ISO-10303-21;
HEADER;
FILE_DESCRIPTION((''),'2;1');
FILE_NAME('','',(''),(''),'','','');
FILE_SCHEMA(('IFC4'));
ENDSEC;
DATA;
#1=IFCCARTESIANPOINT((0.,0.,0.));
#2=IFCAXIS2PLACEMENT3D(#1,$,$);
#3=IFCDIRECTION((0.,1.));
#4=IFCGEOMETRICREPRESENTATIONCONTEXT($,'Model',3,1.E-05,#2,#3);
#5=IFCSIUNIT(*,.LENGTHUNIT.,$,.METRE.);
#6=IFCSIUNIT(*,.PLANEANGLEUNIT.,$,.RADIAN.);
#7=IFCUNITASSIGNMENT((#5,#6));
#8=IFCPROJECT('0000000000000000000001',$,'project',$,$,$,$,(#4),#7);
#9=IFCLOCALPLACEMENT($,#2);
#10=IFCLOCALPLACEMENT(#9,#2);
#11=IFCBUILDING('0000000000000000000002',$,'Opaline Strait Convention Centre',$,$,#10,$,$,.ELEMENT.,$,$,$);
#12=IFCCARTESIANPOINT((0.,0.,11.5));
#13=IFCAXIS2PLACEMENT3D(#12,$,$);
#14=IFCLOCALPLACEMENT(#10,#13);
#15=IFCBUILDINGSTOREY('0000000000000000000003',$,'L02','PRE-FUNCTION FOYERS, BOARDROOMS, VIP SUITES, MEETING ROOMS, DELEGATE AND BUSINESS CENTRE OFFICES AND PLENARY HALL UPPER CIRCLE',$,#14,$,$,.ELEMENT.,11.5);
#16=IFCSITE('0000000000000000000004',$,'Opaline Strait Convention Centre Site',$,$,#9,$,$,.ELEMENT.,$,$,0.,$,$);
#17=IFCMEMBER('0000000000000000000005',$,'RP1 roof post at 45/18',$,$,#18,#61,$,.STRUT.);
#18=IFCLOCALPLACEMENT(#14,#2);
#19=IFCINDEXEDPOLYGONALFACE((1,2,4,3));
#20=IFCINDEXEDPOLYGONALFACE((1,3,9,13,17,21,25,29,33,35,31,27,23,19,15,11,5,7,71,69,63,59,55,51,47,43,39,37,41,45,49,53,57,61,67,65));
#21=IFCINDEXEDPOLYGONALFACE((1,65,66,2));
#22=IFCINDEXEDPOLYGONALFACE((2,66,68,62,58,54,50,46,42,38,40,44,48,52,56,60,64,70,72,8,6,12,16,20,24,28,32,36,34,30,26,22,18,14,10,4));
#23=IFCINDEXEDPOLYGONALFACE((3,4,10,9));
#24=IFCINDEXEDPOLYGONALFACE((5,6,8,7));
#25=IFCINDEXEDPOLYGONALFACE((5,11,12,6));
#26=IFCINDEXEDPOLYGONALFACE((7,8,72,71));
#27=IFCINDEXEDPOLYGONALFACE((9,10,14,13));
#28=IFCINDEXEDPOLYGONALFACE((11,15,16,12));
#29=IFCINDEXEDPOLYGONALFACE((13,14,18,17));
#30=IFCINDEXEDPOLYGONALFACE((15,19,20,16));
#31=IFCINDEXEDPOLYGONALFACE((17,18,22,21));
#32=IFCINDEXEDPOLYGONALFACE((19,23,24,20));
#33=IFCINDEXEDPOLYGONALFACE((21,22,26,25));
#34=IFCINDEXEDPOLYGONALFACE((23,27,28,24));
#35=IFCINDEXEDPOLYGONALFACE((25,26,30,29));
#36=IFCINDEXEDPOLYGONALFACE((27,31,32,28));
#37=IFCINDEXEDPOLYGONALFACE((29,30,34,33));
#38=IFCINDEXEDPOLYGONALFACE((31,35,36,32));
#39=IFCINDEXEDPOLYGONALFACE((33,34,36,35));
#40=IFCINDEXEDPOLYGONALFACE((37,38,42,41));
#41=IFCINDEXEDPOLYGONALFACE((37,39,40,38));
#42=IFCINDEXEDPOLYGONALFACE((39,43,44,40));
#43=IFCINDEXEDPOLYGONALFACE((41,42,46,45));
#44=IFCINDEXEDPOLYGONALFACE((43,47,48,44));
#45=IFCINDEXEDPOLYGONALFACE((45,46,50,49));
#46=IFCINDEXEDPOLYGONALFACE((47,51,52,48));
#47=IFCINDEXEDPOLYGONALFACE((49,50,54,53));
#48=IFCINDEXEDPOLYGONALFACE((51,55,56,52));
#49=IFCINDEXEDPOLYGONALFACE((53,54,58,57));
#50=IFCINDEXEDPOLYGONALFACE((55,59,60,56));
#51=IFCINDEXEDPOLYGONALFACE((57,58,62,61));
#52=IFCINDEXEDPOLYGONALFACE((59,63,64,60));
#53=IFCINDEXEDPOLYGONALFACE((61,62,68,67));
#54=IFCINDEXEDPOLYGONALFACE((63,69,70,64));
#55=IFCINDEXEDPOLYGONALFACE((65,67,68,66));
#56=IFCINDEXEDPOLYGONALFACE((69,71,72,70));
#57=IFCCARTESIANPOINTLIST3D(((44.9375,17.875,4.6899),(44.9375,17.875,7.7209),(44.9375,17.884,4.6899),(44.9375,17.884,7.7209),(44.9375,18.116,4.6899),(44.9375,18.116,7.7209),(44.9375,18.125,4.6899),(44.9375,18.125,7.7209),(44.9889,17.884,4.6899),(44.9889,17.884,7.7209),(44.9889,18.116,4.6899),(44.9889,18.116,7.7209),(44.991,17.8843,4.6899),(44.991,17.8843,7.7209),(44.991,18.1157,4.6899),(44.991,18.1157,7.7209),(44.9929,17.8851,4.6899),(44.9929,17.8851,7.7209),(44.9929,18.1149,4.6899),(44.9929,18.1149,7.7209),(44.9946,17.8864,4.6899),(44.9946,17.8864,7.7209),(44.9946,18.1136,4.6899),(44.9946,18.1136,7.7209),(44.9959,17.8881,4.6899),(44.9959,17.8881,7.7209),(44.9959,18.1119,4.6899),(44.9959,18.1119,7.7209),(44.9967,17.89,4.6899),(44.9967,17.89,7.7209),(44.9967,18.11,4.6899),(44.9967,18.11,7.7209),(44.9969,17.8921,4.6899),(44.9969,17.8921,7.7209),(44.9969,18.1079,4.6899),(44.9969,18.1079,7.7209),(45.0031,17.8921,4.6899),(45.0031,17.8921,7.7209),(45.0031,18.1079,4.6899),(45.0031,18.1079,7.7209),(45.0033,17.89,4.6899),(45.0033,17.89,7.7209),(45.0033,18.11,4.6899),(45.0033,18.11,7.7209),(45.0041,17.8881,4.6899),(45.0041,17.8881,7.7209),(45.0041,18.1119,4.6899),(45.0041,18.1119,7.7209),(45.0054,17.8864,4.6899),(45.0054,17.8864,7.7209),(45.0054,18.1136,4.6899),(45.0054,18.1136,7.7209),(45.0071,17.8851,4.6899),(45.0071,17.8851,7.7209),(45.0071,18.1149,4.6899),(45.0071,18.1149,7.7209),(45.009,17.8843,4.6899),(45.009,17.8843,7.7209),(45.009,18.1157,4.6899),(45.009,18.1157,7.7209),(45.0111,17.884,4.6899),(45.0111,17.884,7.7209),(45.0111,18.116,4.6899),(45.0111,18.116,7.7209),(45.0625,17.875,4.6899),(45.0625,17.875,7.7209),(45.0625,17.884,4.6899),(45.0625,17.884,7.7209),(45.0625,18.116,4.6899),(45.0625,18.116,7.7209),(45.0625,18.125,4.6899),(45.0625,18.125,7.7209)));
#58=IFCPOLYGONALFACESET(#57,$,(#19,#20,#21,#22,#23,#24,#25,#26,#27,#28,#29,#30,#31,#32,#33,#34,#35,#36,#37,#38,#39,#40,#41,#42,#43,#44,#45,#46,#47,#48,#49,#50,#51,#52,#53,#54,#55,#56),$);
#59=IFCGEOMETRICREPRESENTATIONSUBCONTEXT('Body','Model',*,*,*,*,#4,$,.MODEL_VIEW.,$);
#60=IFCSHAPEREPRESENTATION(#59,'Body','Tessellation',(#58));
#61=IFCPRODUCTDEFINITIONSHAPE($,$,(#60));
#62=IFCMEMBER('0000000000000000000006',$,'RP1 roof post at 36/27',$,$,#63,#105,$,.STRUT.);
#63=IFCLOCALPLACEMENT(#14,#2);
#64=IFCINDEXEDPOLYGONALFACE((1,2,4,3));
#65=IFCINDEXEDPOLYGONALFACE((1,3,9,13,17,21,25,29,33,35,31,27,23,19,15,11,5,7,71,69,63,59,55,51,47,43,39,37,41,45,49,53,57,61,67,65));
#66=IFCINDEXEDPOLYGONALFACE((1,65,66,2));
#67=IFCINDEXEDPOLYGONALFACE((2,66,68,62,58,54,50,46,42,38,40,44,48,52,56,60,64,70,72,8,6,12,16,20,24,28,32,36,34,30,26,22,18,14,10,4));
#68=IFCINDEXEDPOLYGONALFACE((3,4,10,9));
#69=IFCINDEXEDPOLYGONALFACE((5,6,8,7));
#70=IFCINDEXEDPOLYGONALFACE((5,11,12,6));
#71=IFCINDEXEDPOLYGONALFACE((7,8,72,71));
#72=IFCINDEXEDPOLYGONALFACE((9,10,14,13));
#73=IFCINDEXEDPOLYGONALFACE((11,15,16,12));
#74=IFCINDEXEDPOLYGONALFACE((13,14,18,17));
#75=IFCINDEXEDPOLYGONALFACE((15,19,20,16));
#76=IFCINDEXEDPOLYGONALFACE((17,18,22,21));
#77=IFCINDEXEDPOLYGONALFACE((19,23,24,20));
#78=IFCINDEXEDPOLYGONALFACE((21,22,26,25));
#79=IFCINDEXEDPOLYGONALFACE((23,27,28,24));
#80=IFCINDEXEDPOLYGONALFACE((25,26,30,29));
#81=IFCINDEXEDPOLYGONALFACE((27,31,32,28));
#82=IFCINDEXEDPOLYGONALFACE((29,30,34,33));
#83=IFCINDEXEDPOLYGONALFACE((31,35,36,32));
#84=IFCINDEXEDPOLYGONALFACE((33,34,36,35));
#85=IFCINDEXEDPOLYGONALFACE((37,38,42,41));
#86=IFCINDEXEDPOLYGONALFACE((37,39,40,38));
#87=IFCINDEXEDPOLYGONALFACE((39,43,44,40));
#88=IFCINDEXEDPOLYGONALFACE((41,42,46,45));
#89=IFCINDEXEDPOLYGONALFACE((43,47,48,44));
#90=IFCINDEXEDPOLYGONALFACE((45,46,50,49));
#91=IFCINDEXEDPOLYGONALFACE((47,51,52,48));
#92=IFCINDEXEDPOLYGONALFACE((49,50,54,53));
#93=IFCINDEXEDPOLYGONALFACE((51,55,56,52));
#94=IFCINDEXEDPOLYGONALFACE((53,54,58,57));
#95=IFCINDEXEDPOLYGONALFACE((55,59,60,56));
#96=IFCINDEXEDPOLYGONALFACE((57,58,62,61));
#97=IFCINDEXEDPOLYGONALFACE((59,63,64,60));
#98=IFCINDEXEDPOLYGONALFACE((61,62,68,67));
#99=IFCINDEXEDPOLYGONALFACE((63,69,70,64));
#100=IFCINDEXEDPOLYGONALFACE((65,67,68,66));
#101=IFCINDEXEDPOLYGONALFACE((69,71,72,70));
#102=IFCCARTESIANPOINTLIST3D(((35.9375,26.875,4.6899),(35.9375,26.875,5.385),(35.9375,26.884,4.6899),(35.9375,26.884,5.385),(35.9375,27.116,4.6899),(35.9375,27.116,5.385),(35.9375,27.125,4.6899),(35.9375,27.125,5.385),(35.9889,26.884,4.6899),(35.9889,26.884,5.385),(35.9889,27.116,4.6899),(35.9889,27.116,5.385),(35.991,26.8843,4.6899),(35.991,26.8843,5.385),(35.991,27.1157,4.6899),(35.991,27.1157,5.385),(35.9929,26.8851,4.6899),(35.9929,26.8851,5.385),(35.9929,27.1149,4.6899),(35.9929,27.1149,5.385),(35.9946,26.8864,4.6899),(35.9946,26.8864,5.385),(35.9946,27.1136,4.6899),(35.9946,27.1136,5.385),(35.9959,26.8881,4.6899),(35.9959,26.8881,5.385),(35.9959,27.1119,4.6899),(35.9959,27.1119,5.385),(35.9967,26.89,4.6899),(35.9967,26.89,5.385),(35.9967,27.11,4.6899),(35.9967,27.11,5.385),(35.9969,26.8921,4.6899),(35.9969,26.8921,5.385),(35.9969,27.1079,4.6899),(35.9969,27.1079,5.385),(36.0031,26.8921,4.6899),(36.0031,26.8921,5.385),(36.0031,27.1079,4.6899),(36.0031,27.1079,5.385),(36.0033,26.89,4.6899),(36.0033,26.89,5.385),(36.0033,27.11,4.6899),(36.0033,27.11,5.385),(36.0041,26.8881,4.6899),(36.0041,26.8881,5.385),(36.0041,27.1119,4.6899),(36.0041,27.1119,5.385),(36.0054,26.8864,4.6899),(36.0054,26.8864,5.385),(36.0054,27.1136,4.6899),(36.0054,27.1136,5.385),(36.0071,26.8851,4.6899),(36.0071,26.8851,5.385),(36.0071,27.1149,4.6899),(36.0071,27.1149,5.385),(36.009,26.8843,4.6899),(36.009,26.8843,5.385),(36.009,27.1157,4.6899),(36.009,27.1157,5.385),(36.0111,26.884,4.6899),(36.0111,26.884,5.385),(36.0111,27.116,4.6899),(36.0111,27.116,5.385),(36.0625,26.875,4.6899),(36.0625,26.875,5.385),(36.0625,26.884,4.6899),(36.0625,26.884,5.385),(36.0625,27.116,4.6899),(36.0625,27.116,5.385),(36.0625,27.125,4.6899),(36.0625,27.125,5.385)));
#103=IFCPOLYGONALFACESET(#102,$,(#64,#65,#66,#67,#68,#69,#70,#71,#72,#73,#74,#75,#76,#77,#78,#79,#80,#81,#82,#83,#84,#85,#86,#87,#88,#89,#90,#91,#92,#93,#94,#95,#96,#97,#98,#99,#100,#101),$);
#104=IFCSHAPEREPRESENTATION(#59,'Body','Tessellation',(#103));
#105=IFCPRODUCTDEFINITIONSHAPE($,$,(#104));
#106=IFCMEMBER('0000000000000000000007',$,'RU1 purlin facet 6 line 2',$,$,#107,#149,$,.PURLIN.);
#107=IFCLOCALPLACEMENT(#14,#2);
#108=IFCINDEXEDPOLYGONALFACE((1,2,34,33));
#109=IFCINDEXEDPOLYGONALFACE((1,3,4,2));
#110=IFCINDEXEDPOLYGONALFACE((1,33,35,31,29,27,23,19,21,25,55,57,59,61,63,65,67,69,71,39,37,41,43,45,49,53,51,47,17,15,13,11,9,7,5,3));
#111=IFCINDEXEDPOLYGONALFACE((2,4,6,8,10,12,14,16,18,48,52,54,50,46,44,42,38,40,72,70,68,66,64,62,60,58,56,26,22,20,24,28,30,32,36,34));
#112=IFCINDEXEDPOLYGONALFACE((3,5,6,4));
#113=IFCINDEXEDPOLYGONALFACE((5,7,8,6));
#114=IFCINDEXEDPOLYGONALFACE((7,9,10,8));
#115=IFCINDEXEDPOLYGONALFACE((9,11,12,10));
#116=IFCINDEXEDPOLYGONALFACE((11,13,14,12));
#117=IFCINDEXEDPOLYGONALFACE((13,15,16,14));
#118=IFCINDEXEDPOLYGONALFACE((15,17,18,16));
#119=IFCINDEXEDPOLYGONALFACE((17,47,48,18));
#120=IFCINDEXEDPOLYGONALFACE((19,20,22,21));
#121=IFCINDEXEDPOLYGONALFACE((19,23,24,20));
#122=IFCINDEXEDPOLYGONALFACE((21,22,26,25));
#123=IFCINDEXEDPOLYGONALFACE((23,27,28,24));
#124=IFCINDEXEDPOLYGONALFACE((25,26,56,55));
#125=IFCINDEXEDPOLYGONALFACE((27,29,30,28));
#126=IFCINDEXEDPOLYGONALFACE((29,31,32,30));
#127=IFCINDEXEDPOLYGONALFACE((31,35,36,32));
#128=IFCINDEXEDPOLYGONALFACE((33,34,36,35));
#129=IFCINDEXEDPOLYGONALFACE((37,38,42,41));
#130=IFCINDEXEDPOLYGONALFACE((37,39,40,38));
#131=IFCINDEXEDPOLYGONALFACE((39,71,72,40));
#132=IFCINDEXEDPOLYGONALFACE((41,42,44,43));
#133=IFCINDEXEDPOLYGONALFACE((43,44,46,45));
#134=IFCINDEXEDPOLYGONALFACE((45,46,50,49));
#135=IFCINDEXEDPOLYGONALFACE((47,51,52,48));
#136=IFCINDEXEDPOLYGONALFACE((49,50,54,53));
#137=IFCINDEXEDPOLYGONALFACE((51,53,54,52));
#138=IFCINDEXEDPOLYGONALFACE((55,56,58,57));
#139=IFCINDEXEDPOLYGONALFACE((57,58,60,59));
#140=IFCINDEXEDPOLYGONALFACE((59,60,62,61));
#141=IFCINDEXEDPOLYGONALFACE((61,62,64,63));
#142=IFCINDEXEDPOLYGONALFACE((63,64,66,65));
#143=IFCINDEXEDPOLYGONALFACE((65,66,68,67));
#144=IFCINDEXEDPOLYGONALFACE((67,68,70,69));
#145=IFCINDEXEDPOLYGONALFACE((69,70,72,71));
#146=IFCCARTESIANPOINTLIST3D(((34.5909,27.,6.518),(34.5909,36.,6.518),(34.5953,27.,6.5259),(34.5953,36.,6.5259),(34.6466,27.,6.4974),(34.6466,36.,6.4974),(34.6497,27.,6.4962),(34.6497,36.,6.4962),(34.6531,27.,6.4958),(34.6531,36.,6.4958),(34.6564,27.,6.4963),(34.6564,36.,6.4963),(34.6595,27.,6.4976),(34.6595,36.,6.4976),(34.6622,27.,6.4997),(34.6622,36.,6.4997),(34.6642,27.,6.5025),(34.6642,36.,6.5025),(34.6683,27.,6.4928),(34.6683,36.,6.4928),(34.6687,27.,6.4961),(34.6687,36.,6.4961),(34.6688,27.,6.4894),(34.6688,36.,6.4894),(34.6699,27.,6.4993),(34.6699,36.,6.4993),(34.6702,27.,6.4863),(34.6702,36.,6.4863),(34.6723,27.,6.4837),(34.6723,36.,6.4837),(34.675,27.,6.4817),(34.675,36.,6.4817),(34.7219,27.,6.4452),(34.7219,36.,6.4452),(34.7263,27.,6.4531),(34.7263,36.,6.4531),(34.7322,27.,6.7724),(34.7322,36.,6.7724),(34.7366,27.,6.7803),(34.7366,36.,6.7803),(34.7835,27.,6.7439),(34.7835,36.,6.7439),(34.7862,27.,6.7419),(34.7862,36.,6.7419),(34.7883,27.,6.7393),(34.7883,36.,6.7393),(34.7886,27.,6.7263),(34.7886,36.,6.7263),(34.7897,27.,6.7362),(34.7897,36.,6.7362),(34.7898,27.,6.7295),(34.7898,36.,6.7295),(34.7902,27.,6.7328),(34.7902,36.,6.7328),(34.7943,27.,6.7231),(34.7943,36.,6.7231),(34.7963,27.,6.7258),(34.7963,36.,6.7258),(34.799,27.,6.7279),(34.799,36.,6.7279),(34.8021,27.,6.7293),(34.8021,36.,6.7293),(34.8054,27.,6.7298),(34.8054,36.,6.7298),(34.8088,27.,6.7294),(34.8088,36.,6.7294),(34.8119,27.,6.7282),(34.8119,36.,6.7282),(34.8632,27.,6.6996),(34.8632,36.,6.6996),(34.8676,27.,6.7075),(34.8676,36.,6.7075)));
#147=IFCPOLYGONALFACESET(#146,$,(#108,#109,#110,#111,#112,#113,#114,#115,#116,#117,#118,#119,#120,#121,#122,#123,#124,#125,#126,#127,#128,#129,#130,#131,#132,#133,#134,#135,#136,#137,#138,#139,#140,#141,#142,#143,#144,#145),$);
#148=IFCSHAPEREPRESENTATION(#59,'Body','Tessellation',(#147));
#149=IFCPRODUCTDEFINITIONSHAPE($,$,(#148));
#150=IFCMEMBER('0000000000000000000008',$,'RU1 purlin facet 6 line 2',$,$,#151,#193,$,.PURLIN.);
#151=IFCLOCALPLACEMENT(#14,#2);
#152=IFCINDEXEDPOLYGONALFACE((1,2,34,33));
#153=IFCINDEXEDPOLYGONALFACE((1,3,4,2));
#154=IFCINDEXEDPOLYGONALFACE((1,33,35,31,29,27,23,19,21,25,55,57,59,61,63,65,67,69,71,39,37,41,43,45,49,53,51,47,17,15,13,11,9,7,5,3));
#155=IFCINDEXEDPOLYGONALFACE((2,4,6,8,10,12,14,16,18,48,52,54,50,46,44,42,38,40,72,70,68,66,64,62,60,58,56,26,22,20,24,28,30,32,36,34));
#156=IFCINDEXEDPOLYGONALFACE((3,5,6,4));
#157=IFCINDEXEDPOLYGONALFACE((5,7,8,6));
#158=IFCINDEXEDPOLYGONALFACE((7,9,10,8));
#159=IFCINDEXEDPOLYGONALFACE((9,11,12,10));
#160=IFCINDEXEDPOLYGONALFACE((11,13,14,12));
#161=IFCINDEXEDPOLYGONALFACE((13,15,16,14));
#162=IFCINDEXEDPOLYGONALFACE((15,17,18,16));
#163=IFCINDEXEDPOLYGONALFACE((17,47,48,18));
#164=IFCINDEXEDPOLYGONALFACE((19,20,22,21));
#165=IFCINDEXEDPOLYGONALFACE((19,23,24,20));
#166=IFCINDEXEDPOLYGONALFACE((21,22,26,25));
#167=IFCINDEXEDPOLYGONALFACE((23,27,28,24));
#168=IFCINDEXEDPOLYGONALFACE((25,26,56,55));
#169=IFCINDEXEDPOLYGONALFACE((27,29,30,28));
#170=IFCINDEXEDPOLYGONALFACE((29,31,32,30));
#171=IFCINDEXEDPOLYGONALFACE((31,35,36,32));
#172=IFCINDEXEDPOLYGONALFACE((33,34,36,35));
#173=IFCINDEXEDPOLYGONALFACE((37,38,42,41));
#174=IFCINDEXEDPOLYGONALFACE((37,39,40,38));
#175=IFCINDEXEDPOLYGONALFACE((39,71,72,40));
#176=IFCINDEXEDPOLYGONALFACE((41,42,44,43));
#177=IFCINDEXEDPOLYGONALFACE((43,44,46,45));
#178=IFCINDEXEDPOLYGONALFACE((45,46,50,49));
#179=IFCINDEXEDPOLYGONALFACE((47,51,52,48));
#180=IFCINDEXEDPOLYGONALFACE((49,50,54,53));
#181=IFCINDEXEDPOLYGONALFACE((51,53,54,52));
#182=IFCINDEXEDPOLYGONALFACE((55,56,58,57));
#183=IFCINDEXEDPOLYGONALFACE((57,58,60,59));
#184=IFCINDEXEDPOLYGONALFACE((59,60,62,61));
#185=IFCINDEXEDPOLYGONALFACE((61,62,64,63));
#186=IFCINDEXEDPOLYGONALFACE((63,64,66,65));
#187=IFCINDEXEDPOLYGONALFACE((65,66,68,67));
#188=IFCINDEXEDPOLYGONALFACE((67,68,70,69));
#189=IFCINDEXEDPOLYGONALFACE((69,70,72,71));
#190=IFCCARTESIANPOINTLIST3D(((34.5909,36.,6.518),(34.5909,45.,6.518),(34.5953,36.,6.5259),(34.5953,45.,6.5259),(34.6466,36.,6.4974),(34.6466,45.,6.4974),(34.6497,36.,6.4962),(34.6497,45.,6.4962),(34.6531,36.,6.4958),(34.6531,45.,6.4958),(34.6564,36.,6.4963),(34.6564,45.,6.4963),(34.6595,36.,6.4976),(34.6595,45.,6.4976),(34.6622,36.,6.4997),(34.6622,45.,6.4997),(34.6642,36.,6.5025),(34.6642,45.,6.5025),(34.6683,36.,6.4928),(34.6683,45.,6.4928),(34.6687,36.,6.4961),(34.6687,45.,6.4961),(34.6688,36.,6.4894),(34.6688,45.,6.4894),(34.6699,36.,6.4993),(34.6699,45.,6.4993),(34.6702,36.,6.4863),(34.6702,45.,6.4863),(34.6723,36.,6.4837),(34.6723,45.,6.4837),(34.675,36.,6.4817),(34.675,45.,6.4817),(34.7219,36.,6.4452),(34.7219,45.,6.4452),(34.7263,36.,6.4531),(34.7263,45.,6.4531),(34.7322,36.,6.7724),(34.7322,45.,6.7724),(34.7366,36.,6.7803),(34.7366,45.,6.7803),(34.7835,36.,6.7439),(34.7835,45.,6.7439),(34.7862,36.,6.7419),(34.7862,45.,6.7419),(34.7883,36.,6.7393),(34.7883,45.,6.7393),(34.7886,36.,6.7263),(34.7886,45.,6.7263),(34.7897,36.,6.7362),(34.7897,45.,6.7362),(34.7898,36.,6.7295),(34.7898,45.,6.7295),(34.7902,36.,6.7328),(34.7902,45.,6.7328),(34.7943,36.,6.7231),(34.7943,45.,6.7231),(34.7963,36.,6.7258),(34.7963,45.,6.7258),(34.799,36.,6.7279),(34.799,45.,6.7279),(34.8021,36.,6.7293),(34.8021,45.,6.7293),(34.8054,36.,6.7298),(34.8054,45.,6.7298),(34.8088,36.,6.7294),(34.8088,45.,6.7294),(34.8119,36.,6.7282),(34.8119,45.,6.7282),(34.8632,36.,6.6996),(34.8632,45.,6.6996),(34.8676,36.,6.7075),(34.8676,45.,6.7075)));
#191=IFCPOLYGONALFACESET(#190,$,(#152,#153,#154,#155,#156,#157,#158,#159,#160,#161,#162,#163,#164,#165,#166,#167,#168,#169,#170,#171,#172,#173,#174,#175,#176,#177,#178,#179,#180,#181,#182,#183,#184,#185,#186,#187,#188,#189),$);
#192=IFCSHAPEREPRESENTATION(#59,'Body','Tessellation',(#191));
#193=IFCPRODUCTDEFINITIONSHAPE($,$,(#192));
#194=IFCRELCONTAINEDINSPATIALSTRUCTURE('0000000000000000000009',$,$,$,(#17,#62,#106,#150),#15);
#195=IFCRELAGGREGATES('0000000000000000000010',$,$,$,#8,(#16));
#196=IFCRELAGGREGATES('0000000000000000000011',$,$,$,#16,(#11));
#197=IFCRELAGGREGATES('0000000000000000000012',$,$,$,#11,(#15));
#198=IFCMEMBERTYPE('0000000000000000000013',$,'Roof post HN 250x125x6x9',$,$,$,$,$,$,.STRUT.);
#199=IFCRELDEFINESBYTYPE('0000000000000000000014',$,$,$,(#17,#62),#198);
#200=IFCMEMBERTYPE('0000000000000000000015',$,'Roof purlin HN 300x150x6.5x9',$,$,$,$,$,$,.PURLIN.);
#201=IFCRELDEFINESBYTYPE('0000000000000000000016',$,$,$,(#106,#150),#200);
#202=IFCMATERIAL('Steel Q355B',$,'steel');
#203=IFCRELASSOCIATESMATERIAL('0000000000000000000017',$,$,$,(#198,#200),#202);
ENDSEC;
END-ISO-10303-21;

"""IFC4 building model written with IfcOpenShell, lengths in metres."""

from ifc_helpers import new_model, si_unit, direction, frame, origin, origin_2d, place, context, subcontext, project, spatial, i_section, extrude, material, material_profile, profile_set, type_object, element, save


model = new_model("IFC4")

# Units and contexts
model_context = context("Model", 3, precision=1e-05, world=origin(), true_north=direction((0.0, 1.0)))
body_context = subcontext(model_context, "Body", "Model", "MODEL_VIEW")
ifc_project = project(units=[si_unit("LENGTHUNIT", "METRE"), si_unit("PLANEANGLEUNIT", "RADIAN")], contexts=[model_context])

# Site, building, storey
site_placement = place(None, origin())
site = spatial("IfcSite", under=ifc_project, at=site_placement, Name="Opaline Strait Convention Centre Site", CompositionType="ELEMENT", RefElevation=0.0)
building_placement = place(site_placement, origin())
building = spatial("IfcBuilding", under=site, at=building_placement, Name="Opaline Strait Convention Centre", CompositionType="ELEMENT")
storey_placement = place(building_placement, frame((0.0, 0.0, 11.5)))
storey = spatial("IfcBuildingStorey", under=building, at=storey_placement, Name="L02", Description="PRE-FUNCTION FOYERS, BOARDROOMS, VIP SUITES, MEETING ROOMS, DELEGATE AND BUSINESS CENTRE OFFICES AND PLENARY HALL UPPER CIRCLE", CompositionType="ELEMENT", Elevation=11.5)

# Shared definitions
ifc_material_1 = material(Name="Steel Q355B", Category="steel")

# Members
ifc_material_profile_1 = material_profile(ifc_material_1, i_section(OverallWidth=0.125, OverallDepth=0.25, WebThickness=0.0061, FlangeThickness=0.009, FilletRadius=0.0081, at=origin_2d()), Name="HN 250x125x6x9")
ifc_profile_set_1 = profile_set([ifc_material_profile_1], Name="Steel Q355B")
member_type_1 = type_object("IfcMemberType", Name="Roof post HN 250x125x6x9", PredefinedType="STRUT", material=ifc_profile_set_1)
member_1_placement = place(storey_placement, frame((45.0, 18.0, 4.6899), z_axis=(0.0, 0.0, 1.0), x_axis=(1.0, 0.0, 0.0)))
element("IfcMember", 1, at=member_1_placement, inside=storey, type_object=member_type_1, Name="RP1 roof post at 45/18", PredefinedType="STRUT", context=body_context, shape_type="SweptSolid", body=[
    extrude(i_section(OverallWidth=0.125, OverallDepth=0.25, WebThickness=0.0061, FlangeThickness=0.009, FilletRadius=0.0081, at=origin_2d()), origin(), (0.0, 0.0, 1.0), 3.031),
])
member_2_placement = place(storey_placement, frame((36.0, 27.0, 4.6899), z_axis=(0.0, 0.0, 1.0), x_axis=(1.0, 0.0, 0.0)))
element("IfcMember", 2, at=member_2_placement, inside=storey, type_object=member_type_1, Name="RP1 roof post at 36/27", PredefinedType="STRUT", context=body_context, shape_type="SweptSolid", body=[
    extrude(i_section(OverallWidth=0.125, OverallDepth=0.25, WebThickness=0.0061, FlangeThickness=0.009, FilletRadius=0.0081, at=origin_2d()), origin(), (0.0, 0.0, 1.0), 0.6951),
])
ifc_material_profile_2 = material_profile(ifc_material_1, i_section(OverallWidth=0.1499, OverallDepth=0.3, WebThickness=0.0066, FlangeThickness=0.009, FilletRadius=0.0129, at=origin_2d()), Name="HN 300x150x6.5x9")
ifc_profile_set_2 = profile_set([ifc_material_profile_2], Name="Steel Q355B")
member_type_2 = type_object("IfcMemberType", Name="Roof purlin HN 300x150x6.5x9", PredefinedType="PURLIN", material=ifc_profile_set_2)
for number, where, z_axis, x_axis, name in (
    (3, (34.7292, 27.0, 6.6128), (0.0, 1.0, 0.0), (-0.874157, 0.0, 0.485643), "RU1 purlin facet 6 line 2"),
    (4, (34.7292, 36.0, 6.6128), (0.0, 1.0, 0.0), (-0.874157, 0.0, 0.485643), "RU1 purlin facet 6 line 2"),
):
    element("IfcMember", number, at=place(storey_placement, frame(where, z_axis=z_axis, x_axis=x_axis)), inside=storey, type_object=member_type_2, Name=name, PredefinedType="PURLIN", context=body_context, shape_type="SweptSolid", body=[
        extrude(i_section(OverallWidth=0.1499, OverallDepth=0.3, WebThickness=0.0066, FlangeThickness=0.009, FilletRadius=0.0129, at=origin_2d()), origin(), (0.0, 0.0, 1.0), 9.0),
    ])

save(model, "model.ifc")
